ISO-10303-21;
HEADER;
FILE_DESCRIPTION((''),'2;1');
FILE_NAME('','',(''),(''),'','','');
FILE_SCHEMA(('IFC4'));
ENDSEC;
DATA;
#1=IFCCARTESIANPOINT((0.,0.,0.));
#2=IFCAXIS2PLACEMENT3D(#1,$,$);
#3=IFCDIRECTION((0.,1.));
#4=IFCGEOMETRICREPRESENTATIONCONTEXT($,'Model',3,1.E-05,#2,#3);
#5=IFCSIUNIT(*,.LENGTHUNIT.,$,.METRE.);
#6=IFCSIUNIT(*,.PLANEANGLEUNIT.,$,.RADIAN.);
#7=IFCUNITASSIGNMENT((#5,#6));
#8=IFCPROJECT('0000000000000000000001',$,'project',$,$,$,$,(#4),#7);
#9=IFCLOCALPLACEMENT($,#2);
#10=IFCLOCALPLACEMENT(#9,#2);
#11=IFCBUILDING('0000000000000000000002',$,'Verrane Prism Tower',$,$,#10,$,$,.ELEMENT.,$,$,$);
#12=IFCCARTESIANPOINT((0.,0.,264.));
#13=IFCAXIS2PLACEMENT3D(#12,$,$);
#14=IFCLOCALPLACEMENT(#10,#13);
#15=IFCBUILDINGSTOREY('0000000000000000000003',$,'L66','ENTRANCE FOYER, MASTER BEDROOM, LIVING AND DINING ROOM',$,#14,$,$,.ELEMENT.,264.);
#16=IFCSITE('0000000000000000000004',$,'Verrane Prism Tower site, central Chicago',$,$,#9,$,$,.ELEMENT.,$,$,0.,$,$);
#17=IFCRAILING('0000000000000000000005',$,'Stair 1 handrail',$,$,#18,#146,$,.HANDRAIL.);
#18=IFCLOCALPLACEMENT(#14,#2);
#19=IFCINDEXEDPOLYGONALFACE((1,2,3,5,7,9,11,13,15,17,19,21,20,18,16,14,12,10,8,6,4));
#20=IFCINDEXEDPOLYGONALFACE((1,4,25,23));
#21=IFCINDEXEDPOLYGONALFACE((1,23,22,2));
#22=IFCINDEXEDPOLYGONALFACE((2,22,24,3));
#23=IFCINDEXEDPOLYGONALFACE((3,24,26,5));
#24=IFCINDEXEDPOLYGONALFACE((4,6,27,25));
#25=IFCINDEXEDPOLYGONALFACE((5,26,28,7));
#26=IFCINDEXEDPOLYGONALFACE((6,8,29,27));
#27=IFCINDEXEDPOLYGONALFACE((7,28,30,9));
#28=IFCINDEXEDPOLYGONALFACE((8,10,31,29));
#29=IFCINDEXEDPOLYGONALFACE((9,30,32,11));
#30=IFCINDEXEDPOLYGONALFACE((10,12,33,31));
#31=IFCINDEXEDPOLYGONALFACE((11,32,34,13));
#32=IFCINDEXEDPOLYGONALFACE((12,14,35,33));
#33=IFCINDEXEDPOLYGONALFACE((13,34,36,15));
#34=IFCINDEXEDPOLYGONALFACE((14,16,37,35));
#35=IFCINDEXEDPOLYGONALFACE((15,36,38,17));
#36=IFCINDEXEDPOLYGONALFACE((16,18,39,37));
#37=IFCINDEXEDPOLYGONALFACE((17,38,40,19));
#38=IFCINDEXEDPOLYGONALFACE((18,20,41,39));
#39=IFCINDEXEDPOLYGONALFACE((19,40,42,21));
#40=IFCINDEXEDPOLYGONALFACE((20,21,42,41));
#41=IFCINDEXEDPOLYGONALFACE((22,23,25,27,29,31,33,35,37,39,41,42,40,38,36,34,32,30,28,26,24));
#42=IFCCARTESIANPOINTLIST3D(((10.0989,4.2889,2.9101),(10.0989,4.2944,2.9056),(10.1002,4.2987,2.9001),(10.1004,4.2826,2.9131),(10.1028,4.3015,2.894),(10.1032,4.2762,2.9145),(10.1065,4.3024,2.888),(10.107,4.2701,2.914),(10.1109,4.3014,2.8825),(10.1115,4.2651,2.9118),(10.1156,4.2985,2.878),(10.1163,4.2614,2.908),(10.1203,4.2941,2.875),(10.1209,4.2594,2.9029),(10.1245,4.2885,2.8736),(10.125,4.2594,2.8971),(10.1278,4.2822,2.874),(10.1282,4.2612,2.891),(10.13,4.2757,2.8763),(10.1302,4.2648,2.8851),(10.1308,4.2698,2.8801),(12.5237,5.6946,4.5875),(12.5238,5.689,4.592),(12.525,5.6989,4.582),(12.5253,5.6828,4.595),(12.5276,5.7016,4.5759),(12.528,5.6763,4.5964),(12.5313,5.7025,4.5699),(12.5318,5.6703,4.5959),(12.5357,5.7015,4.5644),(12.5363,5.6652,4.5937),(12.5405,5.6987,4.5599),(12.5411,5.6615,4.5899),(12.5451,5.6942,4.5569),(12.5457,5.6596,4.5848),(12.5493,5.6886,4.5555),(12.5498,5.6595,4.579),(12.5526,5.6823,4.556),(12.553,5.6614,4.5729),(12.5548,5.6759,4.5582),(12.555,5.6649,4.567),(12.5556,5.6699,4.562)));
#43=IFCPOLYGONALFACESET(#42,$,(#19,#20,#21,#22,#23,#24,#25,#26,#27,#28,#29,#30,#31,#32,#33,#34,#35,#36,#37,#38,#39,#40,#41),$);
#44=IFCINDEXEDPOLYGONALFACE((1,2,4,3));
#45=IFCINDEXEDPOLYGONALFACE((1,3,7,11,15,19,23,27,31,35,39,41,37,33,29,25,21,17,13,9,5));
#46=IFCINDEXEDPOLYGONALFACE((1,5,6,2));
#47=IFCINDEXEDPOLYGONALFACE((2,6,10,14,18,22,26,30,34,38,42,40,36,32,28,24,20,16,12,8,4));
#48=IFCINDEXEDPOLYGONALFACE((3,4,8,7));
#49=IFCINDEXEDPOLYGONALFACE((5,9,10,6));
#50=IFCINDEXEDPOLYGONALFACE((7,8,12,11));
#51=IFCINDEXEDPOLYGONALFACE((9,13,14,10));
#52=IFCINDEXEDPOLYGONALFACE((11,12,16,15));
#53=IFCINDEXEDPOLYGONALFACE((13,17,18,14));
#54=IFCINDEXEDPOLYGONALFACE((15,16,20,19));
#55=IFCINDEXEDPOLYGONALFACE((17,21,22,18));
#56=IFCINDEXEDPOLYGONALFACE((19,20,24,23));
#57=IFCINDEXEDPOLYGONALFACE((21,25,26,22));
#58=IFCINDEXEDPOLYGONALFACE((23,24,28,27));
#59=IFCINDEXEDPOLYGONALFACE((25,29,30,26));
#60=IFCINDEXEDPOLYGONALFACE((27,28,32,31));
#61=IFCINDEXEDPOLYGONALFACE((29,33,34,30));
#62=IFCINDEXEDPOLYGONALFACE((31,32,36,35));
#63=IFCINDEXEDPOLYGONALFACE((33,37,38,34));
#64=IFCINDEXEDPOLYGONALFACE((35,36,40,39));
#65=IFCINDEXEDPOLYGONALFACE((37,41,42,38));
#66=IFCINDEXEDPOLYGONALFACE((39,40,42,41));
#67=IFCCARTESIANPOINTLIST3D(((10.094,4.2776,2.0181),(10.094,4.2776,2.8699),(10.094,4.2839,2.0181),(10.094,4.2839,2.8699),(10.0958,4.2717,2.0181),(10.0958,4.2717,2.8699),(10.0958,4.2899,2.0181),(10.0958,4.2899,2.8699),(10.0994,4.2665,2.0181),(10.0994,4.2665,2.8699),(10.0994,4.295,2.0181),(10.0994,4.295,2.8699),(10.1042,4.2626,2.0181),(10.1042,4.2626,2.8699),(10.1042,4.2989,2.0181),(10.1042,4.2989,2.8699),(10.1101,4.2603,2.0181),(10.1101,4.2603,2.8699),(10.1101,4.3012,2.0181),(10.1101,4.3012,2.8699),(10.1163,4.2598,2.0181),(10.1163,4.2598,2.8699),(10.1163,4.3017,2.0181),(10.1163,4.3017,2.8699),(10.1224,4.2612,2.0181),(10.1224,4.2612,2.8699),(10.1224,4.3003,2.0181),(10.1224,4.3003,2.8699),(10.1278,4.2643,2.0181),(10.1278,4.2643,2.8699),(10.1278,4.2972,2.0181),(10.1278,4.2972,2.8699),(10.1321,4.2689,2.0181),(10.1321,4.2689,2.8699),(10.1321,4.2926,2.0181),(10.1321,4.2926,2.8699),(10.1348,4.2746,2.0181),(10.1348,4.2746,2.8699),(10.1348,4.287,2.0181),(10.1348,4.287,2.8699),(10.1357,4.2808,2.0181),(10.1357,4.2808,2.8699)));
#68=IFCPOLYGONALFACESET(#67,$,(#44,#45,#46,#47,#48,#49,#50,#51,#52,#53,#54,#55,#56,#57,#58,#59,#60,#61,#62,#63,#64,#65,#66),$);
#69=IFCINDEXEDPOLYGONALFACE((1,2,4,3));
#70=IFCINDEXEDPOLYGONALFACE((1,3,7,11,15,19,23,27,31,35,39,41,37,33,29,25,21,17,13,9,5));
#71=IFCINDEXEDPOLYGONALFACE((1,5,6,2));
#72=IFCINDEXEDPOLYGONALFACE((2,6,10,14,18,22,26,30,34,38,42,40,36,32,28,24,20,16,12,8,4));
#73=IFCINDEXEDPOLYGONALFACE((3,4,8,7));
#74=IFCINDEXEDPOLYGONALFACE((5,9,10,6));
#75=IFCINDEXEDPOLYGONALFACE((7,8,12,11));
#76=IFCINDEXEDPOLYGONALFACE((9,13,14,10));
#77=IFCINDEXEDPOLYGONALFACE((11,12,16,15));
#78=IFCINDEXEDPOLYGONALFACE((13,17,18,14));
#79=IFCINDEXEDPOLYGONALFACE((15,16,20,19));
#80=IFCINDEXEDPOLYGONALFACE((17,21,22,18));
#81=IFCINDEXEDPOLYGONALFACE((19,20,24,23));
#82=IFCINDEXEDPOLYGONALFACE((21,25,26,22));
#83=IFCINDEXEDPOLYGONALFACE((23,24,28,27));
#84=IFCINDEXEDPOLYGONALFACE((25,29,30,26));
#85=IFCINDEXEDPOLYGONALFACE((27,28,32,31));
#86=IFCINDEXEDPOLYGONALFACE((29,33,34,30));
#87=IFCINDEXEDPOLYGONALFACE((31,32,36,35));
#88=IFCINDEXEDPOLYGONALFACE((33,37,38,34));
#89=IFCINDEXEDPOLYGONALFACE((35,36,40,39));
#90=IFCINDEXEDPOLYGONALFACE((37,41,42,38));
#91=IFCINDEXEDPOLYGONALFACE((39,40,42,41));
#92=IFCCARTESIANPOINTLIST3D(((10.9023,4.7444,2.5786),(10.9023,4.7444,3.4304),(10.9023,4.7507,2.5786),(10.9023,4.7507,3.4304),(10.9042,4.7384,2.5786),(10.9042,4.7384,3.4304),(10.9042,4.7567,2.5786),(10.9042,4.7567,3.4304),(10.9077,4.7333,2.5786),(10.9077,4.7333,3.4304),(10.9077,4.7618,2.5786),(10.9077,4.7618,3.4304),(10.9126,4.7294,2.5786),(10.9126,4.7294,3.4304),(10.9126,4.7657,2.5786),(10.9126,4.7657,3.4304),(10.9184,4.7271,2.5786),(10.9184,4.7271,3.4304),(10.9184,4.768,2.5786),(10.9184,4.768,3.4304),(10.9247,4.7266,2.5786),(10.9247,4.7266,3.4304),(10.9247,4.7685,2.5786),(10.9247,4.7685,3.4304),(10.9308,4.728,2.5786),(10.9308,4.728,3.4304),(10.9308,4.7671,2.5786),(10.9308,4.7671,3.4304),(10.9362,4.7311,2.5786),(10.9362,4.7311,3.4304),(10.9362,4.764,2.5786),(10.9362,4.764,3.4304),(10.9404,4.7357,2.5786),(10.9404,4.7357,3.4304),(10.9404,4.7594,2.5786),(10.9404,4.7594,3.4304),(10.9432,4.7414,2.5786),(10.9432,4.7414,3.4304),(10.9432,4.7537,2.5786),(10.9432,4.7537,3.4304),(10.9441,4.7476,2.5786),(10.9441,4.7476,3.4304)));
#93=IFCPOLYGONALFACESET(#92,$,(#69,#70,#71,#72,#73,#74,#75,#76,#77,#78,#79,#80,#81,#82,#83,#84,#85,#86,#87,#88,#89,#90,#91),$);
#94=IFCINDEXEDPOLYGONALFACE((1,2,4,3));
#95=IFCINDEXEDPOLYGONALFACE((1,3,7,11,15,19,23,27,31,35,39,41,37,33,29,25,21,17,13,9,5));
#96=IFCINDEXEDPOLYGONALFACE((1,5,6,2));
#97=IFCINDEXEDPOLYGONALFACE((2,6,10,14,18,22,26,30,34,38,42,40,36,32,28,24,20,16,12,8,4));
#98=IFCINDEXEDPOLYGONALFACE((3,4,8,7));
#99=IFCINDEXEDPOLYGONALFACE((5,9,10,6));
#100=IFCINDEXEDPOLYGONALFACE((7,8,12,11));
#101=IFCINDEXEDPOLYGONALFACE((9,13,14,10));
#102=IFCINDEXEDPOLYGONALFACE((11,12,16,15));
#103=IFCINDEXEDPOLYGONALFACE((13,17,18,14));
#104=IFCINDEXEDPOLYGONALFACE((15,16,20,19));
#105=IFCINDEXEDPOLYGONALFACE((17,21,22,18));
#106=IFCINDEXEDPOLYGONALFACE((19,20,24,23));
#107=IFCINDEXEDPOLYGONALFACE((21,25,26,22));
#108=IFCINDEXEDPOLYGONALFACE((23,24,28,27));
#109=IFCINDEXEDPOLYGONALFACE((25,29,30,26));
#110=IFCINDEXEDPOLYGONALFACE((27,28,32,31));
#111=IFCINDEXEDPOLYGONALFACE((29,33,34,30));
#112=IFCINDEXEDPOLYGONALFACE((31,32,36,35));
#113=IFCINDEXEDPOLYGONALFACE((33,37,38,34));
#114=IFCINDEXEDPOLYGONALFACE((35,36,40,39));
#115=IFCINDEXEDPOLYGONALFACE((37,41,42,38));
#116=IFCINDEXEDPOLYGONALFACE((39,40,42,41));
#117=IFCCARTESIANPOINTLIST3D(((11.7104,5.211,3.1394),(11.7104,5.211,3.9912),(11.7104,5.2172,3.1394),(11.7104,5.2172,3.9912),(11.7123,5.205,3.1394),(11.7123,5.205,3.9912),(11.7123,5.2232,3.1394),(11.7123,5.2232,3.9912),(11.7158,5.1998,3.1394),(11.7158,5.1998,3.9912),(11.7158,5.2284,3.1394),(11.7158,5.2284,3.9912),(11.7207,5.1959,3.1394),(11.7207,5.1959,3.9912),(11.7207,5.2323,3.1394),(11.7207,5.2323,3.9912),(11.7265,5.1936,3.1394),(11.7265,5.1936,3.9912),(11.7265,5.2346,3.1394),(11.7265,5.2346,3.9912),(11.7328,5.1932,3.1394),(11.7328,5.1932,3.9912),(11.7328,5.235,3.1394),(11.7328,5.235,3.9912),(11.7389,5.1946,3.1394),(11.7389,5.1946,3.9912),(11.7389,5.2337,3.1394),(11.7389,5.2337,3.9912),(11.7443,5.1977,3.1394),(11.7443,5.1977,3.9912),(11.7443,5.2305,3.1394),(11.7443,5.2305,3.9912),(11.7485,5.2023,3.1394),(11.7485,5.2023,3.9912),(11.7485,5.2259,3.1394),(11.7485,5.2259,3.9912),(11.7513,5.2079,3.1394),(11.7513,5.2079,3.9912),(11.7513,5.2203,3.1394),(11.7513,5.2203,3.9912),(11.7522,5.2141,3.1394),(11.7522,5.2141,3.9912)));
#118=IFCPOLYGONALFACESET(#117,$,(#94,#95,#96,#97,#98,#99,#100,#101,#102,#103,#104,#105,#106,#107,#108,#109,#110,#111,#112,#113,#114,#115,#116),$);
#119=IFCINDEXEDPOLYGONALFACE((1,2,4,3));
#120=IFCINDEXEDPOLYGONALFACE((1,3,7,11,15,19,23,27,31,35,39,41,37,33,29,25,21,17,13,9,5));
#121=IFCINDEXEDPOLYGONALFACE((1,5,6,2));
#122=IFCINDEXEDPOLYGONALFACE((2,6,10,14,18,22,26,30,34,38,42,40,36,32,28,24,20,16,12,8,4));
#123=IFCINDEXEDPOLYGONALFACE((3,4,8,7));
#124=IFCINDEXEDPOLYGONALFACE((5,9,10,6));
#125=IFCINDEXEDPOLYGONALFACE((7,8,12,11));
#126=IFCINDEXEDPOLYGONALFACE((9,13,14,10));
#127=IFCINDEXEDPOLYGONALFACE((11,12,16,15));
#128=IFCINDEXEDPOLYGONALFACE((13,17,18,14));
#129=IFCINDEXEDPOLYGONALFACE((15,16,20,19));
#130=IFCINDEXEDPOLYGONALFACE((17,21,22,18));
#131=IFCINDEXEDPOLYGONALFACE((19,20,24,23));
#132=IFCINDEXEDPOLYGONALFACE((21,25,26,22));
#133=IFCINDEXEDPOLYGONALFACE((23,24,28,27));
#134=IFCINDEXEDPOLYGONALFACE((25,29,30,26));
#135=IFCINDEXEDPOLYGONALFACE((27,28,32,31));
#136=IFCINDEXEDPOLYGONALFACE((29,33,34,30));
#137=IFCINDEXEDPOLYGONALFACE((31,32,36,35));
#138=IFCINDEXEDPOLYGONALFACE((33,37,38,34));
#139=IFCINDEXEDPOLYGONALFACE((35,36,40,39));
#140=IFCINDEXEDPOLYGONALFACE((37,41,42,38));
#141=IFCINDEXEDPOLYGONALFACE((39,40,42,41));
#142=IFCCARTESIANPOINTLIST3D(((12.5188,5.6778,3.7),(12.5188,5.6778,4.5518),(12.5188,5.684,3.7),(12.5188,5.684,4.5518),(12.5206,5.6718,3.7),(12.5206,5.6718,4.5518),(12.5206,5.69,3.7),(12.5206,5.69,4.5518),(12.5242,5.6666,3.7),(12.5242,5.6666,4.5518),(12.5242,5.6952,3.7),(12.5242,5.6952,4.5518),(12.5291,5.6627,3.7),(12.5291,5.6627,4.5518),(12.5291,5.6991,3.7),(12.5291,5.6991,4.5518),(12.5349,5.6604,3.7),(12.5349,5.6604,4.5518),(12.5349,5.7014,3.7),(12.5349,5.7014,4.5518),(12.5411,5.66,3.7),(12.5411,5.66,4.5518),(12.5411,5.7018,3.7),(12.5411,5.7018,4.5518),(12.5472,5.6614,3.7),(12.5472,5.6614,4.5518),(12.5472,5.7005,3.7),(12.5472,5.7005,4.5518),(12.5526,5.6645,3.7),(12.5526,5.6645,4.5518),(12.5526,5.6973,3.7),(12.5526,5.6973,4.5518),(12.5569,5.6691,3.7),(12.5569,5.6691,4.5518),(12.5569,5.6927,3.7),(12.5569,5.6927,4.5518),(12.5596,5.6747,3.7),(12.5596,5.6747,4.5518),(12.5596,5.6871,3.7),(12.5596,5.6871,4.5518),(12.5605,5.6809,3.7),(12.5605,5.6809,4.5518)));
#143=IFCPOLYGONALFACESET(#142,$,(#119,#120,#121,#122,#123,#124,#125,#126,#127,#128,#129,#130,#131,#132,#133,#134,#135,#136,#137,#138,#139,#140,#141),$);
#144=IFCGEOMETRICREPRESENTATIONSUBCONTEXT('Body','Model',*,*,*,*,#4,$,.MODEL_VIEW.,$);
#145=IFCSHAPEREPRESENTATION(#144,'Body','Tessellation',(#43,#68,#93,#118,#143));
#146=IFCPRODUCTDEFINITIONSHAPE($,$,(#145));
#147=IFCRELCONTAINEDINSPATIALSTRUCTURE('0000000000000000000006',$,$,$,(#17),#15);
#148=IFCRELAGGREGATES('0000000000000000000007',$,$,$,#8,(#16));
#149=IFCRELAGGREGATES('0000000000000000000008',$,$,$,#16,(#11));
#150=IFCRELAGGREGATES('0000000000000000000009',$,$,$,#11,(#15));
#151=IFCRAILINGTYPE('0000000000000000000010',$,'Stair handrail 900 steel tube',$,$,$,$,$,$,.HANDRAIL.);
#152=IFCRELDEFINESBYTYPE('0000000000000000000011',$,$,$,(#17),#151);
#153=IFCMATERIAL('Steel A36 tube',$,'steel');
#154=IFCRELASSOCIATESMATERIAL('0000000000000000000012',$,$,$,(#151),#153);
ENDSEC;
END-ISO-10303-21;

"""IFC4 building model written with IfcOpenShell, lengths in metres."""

from ifc_helpers import new_model, si_unit, direction, frame, origin, origin_2d, place, context, subcontext, project, spatial, circle, extrude, material, type_object, element, save


model = new_model("IFC4")

# Units and contexts
model_context = context("Model", 3, precision=1e-05, world=origin(), true_north=direction((0.0, 1.0)))
body_context = subcontext(model_context, "Body", "Model", "MODEL_VIEW")
ifc_project = project(units=[si_unit("LENGTHUNIT", "METRE"), si_unit("PLANEANGLEUNIT", "RADIAN")], contexts=[model_context])

# Site, building, storey
site_placement = place(None, origin())
site = spatial("IfcSite", under=ifc_project, at=site_placement, Name="Verrane Prism Tower site, central Chicago", CompositionType="ELEMENT", RefElevation=0.0)
building_placement = place(site_placement, origin())
building = spatial("IfcBuilding", under=site, at=building_placement, Name="Verrane Prism Tower", CompositionType="ELEMENT")
storey_placement = place(building_placement, frame((0.0, 0.0, 264.0)))
storey = spatial("IfcBuildingStorey", under=building, at=storey_placement, Name="L66", Description="ENTRANCE FOYER, MASTER BEDROOM, LIVING AND DINING ROOM", CompositionType="ELEMENT", Elevation=264.0)

# Railing
ifc_material_1 = material(Name="Steel A36 tube", Category="steel")
railing_type = type_object("IfcRailingType", Name="Stair handrail 900 steel tube", PredefinedType="HANDRAIL", material=ifc_material_1)
railing_1_placement = place(storey_placement, frame((10.1147, 4.2808, 2.0181)))
element("IfcRailing", 1, at=railing_1_placement, inside=storey, type_object=railing_type, Name="Stair 1 handrail", PredefinedType="HANDRAIL", context=body_context, shape_type="SweptSolid", body=[
    extrude(circle(Radius=0.0239, at=origin_2d()), frame((0.0, 0.0, 0.876), z_axis=(0.742367, 0.428662, 0.514918), x_axis=(-0.50005, 0.865997, 0.0)), (0.0, 0.0, 1.0), 3.2664),
    extrude(circle(Radius=0.021, at=origin_2d()), origin(), (0.0, 0.0, 1.0), 0.8518),
    extrude(circle(Radius=0.021, at=origin_2d()), frame((0.8083, 0.4668, 0.5605)), (0.0, 0.0, 1.0), 0.8518),
    extrude(circle(Radius=0.021, at=origin_2d()), frame((1.6165, 0.9333, 1.1213)), (0.0, 0.0, 1.0), 0.8518),
    extrude(circle(Radius=0.021, at=origin_2d()), frame((2.4248, 1.4001, 1.6819)), (0.0, 0.0, 1.0), 0.8518),
])

save(model, "model.ifc")
